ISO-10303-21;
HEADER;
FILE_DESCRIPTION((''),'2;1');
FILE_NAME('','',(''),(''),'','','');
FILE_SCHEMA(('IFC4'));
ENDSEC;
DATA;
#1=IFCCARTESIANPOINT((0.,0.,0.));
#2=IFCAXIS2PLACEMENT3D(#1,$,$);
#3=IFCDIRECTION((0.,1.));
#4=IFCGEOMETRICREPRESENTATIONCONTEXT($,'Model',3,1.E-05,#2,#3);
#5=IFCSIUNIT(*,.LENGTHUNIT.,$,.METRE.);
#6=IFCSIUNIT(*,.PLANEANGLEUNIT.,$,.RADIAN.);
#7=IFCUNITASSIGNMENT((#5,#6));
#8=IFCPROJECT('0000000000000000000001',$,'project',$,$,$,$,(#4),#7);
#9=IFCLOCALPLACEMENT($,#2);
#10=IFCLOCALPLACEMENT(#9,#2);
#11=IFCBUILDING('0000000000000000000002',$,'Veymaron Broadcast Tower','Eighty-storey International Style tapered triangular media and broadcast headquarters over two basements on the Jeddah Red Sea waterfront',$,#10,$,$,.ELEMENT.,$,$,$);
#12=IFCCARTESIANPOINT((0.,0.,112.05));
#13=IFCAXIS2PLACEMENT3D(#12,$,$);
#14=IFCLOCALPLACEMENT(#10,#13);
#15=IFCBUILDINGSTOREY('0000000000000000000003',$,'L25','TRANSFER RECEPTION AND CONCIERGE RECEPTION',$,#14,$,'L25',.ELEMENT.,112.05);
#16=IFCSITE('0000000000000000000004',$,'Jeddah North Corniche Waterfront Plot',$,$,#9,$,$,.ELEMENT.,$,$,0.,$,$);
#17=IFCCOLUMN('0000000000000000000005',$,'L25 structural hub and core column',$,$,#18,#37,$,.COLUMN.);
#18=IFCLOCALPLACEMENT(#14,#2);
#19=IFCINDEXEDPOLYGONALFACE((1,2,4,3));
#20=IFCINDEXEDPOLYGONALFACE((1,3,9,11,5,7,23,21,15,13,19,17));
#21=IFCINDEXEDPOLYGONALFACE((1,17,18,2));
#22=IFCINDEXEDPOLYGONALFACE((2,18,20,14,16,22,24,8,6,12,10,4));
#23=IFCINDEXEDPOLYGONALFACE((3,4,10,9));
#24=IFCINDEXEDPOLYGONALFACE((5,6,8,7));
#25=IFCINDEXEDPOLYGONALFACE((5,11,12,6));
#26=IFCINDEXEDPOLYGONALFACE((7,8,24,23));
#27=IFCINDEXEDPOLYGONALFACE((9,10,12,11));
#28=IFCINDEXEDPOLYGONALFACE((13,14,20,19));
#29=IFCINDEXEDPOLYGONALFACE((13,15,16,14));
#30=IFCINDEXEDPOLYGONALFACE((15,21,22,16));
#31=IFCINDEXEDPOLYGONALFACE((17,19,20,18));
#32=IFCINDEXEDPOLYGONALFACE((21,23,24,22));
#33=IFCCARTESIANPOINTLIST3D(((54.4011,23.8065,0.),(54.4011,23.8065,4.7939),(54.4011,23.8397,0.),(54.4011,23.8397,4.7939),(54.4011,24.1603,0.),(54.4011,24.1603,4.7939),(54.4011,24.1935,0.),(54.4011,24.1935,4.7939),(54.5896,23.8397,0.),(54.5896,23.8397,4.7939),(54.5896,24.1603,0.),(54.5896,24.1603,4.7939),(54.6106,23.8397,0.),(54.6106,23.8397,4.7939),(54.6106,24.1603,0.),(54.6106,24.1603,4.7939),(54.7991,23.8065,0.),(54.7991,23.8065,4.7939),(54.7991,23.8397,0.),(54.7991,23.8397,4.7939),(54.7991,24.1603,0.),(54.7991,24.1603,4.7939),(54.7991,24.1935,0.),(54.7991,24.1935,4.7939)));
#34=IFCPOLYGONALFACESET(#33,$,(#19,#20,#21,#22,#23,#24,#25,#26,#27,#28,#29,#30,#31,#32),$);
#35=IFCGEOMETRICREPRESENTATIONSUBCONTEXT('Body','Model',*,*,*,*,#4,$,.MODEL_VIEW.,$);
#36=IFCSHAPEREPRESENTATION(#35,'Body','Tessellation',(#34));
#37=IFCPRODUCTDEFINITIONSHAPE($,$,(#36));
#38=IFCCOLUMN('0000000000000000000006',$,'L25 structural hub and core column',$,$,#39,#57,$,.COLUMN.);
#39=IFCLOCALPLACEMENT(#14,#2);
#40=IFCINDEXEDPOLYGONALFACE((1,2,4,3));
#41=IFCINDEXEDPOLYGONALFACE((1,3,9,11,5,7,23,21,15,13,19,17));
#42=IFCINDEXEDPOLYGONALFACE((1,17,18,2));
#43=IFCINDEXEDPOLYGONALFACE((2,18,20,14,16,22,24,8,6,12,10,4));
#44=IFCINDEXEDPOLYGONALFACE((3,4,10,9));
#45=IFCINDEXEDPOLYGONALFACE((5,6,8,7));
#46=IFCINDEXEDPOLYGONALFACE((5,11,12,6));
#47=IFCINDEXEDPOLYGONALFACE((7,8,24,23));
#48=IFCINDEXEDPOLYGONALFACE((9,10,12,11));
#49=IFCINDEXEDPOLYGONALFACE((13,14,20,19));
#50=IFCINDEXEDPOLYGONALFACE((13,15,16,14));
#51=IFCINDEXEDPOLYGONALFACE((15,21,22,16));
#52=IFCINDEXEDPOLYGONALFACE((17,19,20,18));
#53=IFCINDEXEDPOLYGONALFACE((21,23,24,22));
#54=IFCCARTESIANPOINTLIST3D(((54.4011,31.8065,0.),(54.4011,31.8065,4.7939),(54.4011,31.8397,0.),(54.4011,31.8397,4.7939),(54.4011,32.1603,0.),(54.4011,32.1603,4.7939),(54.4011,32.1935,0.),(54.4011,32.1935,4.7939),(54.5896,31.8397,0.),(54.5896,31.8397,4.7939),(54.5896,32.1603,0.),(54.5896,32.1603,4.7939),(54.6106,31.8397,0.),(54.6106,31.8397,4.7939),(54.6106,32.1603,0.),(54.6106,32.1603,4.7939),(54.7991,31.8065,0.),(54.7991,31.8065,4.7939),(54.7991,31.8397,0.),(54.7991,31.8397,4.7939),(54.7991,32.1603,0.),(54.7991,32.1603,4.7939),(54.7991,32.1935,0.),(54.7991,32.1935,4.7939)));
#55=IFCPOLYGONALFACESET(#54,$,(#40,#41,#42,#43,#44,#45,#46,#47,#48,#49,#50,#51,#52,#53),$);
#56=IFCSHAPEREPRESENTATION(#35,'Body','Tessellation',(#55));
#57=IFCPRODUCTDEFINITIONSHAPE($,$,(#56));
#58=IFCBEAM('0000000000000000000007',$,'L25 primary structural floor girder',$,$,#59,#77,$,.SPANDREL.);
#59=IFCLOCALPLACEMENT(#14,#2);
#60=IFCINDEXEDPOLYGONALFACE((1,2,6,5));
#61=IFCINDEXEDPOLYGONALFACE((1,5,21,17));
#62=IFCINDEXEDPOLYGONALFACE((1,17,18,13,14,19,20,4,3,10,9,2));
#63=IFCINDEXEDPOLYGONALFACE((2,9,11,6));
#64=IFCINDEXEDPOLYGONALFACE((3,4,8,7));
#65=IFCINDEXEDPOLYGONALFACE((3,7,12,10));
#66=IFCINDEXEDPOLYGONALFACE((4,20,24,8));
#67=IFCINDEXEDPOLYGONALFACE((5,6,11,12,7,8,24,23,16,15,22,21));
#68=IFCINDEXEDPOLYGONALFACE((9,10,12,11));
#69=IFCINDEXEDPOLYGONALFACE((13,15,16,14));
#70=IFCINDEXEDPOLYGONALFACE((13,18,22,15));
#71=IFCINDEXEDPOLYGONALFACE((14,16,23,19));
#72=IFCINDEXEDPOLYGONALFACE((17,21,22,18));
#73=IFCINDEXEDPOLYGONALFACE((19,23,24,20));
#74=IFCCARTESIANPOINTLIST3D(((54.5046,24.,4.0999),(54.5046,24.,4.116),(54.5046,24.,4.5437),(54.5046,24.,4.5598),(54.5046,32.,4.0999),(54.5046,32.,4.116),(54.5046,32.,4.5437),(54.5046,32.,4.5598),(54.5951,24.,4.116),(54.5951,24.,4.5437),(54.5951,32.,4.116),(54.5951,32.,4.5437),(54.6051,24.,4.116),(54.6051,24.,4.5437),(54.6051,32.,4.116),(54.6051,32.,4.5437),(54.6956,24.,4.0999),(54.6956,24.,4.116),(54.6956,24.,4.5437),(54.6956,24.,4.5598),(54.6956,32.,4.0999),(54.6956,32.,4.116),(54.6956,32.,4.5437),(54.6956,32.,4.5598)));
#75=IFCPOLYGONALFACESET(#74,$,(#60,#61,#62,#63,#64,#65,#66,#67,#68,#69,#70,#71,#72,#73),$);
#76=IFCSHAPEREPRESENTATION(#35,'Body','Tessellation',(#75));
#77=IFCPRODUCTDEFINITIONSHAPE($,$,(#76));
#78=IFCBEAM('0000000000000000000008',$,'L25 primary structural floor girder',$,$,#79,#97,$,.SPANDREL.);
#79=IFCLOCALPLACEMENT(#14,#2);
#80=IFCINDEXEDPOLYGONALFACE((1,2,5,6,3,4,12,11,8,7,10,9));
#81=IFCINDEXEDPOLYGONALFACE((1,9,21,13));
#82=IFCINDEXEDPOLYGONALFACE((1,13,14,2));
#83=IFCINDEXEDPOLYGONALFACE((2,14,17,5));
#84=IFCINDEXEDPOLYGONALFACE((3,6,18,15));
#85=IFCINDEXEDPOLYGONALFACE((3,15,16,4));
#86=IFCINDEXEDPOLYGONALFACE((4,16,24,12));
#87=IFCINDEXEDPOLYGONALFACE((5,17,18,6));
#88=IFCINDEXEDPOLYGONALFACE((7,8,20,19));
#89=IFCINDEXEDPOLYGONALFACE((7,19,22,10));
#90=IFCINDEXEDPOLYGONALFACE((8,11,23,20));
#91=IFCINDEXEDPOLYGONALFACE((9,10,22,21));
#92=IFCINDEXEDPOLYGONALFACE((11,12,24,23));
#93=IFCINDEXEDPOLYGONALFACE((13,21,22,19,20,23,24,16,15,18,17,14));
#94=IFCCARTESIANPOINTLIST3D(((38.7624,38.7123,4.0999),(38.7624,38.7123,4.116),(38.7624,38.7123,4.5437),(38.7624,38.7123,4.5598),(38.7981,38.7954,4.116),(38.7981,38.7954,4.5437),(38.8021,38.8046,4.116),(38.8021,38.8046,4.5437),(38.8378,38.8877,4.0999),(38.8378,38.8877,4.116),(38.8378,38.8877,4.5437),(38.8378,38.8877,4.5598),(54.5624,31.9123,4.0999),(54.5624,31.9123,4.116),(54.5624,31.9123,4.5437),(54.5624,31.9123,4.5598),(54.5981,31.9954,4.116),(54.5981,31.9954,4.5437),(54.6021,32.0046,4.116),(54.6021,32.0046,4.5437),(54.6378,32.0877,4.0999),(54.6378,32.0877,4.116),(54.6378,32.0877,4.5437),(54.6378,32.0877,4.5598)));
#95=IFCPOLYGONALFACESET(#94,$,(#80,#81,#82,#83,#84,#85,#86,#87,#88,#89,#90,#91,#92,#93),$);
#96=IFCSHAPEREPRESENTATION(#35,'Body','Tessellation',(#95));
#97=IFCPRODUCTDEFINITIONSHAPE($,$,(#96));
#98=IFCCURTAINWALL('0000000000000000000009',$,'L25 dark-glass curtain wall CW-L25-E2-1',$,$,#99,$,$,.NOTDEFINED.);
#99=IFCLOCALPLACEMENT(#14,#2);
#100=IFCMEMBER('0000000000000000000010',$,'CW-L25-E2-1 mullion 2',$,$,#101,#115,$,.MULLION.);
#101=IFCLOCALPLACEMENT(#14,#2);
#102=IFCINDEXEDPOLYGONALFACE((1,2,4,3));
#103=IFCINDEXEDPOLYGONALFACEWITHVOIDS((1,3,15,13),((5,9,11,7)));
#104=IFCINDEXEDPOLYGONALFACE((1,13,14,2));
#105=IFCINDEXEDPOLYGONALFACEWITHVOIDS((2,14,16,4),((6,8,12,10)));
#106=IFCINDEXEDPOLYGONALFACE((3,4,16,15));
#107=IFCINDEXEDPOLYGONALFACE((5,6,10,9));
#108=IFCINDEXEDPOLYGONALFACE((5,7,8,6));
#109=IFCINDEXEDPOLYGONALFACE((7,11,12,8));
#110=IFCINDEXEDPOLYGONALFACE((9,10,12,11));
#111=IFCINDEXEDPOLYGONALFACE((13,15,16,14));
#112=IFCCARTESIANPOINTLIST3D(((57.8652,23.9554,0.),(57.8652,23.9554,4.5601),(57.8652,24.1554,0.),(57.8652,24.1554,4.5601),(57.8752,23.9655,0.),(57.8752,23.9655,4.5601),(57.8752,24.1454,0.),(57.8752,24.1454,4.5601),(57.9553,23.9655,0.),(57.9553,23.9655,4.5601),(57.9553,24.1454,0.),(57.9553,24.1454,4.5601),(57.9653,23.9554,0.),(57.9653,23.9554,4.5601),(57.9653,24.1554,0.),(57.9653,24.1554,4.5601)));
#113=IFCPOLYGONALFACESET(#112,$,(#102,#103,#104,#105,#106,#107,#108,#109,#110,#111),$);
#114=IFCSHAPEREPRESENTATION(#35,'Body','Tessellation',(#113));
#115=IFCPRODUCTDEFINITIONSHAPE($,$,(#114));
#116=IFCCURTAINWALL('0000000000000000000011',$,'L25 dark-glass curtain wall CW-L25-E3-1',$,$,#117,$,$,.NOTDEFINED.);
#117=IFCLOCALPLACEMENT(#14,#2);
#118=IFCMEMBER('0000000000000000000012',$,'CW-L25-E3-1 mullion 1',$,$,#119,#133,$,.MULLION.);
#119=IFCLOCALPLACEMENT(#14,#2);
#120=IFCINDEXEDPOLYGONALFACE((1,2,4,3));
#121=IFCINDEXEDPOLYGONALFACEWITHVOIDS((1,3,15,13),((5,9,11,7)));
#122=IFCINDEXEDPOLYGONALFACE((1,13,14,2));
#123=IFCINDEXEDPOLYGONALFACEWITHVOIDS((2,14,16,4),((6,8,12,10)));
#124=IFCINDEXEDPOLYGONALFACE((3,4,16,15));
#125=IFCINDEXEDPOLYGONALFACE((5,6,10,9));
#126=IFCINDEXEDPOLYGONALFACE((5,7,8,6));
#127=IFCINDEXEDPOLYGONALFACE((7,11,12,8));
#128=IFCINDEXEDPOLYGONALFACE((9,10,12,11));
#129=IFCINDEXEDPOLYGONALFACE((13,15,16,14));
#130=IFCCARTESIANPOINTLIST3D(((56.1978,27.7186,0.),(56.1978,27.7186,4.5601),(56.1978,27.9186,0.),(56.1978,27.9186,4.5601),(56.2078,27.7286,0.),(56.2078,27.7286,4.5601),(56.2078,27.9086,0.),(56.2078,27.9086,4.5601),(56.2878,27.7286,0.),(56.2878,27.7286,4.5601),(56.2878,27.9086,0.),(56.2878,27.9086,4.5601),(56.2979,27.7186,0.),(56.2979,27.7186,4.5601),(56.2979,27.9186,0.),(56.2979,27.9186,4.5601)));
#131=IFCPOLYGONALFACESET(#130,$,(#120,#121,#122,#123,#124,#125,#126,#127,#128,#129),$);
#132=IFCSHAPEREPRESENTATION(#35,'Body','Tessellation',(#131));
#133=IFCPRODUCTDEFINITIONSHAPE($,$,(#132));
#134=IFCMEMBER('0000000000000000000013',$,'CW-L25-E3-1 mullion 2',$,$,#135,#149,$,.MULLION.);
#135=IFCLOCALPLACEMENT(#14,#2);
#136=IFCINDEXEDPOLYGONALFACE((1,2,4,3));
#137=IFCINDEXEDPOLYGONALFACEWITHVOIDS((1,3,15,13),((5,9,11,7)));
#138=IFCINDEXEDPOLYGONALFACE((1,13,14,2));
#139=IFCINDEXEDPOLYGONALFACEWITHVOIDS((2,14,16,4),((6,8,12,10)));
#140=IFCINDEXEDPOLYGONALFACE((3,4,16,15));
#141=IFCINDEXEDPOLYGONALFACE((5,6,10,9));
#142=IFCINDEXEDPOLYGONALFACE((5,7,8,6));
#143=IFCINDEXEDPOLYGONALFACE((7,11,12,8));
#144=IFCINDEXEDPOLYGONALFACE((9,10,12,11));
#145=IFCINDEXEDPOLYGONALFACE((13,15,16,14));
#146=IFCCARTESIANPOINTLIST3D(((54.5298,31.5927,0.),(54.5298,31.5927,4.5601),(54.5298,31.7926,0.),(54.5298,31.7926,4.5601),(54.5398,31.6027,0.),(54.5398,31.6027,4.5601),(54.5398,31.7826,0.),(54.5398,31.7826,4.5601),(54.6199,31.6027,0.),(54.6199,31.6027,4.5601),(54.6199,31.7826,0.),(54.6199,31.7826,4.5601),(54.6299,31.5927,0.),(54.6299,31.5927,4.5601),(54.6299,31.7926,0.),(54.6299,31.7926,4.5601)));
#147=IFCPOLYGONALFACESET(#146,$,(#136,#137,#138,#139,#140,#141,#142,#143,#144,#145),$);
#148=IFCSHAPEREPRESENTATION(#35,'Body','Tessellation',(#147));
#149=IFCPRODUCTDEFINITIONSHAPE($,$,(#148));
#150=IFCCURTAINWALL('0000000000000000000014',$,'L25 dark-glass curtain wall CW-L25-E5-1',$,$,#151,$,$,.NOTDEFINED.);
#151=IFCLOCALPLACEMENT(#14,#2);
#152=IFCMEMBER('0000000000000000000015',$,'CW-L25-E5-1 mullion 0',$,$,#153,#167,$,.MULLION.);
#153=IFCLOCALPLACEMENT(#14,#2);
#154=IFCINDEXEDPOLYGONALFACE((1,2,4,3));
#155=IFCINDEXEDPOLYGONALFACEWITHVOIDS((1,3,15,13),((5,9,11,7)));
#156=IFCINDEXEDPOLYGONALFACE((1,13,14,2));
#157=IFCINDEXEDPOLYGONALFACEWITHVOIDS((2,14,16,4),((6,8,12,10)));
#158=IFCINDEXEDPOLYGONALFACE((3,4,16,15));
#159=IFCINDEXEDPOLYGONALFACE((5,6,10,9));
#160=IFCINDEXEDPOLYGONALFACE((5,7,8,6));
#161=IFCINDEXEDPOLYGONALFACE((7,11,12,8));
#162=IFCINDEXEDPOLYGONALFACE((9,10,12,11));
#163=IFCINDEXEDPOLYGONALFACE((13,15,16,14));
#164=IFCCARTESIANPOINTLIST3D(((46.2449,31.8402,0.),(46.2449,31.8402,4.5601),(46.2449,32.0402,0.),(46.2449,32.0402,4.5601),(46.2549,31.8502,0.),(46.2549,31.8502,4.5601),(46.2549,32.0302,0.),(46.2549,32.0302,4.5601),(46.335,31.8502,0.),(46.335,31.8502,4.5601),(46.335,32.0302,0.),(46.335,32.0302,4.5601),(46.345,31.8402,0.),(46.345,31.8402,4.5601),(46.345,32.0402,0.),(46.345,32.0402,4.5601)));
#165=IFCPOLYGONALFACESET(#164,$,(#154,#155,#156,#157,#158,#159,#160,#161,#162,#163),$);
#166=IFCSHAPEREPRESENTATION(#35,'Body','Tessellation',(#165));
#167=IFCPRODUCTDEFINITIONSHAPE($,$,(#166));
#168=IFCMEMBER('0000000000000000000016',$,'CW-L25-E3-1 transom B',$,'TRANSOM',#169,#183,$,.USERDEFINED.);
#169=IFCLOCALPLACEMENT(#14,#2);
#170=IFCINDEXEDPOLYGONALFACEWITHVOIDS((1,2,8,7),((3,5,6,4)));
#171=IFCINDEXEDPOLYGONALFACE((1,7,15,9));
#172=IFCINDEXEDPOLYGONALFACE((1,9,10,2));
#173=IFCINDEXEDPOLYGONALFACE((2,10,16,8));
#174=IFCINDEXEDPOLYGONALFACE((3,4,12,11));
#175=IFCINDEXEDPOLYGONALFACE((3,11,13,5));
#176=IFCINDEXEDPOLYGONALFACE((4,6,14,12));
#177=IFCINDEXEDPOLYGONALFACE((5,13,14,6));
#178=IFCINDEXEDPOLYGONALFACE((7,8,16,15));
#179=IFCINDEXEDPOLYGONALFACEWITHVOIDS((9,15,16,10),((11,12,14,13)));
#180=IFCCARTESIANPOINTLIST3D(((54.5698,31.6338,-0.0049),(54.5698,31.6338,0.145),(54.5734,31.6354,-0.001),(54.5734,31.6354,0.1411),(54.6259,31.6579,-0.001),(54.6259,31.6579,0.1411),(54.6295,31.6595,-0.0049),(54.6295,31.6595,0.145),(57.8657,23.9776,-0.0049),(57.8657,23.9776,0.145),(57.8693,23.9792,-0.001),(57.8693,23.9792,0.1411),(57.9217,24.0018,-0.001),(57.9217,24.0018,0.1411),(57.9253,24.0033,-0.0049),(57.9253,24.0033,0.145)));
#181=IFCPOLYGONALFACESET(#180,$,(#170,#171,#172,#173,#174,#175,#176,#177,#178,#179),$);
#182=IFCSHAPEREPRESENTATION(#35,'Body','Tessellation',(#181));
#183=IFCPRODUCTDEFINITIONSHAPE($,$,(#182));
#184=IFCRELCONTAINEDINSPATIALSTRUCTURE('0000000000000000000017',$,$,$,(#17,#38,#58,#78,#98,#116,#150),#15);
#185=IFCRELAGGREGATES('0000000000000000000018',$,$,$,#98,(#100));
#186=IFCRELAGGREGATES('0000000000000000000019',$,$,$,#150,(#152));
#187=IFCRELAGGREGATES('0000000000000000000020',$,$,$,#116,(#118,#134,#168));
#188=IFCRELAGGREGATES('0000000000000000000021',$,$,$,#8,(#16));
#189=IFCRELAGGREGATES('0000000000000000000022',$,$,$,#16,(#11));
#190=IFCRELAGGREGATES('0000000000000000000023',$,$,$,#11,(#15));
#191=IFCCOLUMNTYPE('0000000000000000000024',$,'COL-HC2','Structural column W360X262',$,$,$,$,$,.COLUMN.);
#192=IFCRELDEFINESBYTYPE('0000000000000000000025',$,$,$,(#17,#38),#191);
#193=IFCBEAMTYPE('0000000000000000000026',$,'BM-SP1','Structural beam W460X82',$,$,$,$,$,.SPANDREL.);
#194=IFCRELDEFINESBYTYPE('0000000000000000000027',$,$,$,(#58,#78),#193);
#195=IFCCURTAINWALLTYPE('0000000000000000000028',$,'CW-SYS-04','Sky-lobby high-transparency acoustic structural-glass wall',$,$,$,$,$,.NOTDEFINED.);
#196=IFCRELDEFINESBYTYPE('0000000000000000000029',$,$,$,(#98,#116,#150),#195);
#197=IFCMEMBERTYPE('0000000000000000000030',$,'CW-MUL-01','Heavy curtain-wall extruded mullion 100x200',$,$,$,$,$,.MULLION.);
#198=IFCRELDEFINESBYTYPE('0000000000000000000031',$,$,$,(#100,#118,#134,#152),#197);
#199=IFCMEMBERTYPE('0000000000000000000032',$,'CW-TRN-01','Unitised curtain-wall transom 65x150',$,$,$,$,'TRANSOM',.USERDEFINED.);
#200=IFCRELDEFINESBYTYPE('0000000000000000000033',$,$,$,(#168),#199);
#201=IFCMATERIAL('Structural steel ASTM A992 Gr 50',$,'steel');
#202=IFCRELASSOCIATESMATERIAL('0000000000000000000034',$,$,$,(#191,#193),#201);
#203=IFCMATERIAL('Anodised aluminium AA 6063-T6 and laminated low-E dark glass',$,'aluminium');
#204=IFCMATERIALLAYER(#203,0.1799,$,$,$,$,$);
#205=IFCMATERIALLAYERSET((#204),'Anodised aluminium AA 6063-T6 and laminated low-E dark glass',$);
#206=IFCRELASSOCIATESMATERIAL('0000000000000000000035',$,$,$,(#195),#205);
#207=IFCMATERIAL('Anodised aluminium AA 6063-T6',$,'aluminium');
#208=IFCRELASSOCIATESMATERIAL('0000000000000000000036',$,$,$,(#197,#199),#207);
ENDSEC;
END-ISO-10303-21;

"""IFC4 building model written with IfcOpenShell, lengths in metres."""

from ifc_helpers import new_model, si_unit, direction, frame, origin, origin_2d, place, context, subcontext, project, spatial, hollow_rectangle, i_section, extrude, material, layer, layer_set, material_profile, profile_set, type_object, element, aggregate, save


model = new_model("IFC4")

# Units and contexts
model_context = context("Model", 3, precision=1e-05, world=origin(), true_north=direction((0.0, 1.0)))
body_context = subcontext(model_context, "Body", "Model", "MODEL_VIEW")
ifc_project = project(units=[si_unit("LENGTHUNIT", "METRE"), si_unit("PLANEANGLEUNIT", "RADIAN")], contexts=[model_context])

# Site, building, storey
site_placement = place(None, origin())
site = spatial("IfcSite", under=ifc_project, at=site_placement, Name="Jeddah North Corniche Waterfront Plot", CompositionType="ELEMENT", RefElevation=0.0)
building_placement = place(site_placement, origin())
building = spatial("IfcBuilding", under=site, at=building_placement, Name="Veymaron Broadcast Tower", Description="Eighty-storey International Style tapered triangular media and broadcast headquarters over two basements on the Jeddah Red Sea waterfront", CompositionType="ELEMENT")
storey_placement = place(building_placement, frame((0.0, 0.0, 112.05)))
storey = spatial("IfcBuildingStorey", under=building, at=storey_placement, Name="L25", Description="TRANSFER RECEPTION AND CONCIERGE RECEPTION", LongName="L25", CompositionType="ELEMENT", Elevation=112.05)

# Columns
ifc_material_1 = material(Name="Structural steel ASTM A992 Gr 50", Category="steel")
ifc_material_profile_1 = material_profile(ifc_material_1, i_section(OverallWidth=0.3979, OverallDepth=0.387, WebThickness=0.021, FlangeThickness=0.0332, at=origin_2d()), Name="W360X262")
ifc_profile_set_1 = profile_set([ifc_material_profile_1], Name="Structural steel ASTM A992 Gr 50")
column_type = type_object("IfcColumnType", Name="COL-HC2", Description="Structural column W360X262", PredefinedType="COLUMN", material=ifc_profile_set_1)
for number, where, z_axis, x_axis, name in (
    (1, (54.6001, 24.0, 0.0), (0.0, 0.0, 1.0), (1.0, 0.0, 0.0), "L25 structural hub and core column"),
    (2, (54.6001, 32.0, 0.0), (0.0, 0.0, 1.0), (1.0, 0.0, 0.0), "L25 structural hub and core column"),
):
    element("IfcColumn", number, at=place(storey_placement, frame(where, z_axis=z_axis, x_axis=x_axis)), inside=storey, type_object=column_type, Name=name, PredefinedType="COLUMN", context=body_context, shape_type="SweptSolid", body=[
        extrude(i_section(OverallWidth=0.3979, OverallDepth=0.387, WebThickness=0.021, FlangeThickness=0.0332, at=origin_2d()), origin(), (0.0, 0.0, 1.0), 4.7939),
    ])

# Beams
ifc_material_profile_2 = material_profile(ifc_material_1, i_section(OverallWidth=0.1909, OverallDepth=0.46, WebThickness=0.01, FlangeThickness=0.0161, at=origin_2d()), Name="W460X82")
ifc_profile_set_2 = profile_set([ifc_material_profile_2], Name="Structural steel ASTM A992 Gr 50")
beam_type = type_object("IfcBeamType", Name="BM-SP1", Description="Structural beam W460X82", PredefinedType="SPANDREL", material=ifc_profile_set_2)
beam_1_placement = place(storey_placement, frame((54.6001, 24.0, 4.3298), z_axis=(0.0, 1.0, 0.0), x_axis=(-1.0, 0.0, 0.0)))
element("IfcBeam", 3, at=beam_1_placement, inside=storey, type_object=beam_type, Name="L25 primary structural floor girder", PredefinedType="SPANDREL", context=body_context, shape_type="SweptSolid", body=[
    extrude(i_section(OverallWidth=0.1909, OverallDepth=0.46, WebThickness=0.01, FlangeThickness=0.0161, at=origin_2d()), origin(), (0.0, 0.0, 1.0), 8.0),
])
beam_2_placement = place(storey_placement, frame((54.6001, 32.0, 4.3298), z_axis=(-0.918542, 0.395323, 0.0), x_axis=(-0.395323, -0.918542, 0.0)))
element("IfcBeam", 4, at=beam_2_placement, inside=storey, type_object=beam_type, Name="L25 primary structural floor girder", PredefinedType="SPANDREL", context=body_context, shape_type="SweptSolid", body=[
    extrude(i_section(OverallWidth=0.1909, OverallDepth=0.46, WebThickness=0.01, FlangeThickness=0.0161, at=origin_2d()), origin(), (0.0, 0.0, 1.0), 17.2012),
])

# Curtain wall, member
ifc_material_2 = material(Name="Anodised aluminium AA 6063-T6 and laminated low-E dark glass", Category="aluminium")
ifc_layer_1 = layer(ifc_material_2, 0.1799)
ifc_layer_set_1 = layer_set([ifc_layer_1], Name="Anodised aluminium AA 6063-T6 and laminated low-E dark glass")
curtain_wall_type = type_object("IfcCurtainWallType", Name="CW-SYS-04", Description="Sky-lobby high-transparency acoustic structural-glass wall", PredefinedType="NOTDEFINED", material=ifc_layer_set_1)
curtain_wall_1_placement = place(storey_placement, origin())
curtain_wall_1 = element("IfcCurtainWall", 5, at=curtain_wall_1_placement, inside=storey, type_object=curtain_wall_type, Name="L25 dark-glass curtain wall CW-L25-E2-1", PredefinedType="NOTDEFINED")
ifc_material_3 = material(Name="Anodised aluminium AA 6063-T6", Category="aluminium")
ifc_material_profile_3 = material_profile(ifc_material_3, hollow_rectangle(XDim=0.1001, YDim=0.2, WallThickness=0.01, at=origin_2d()), Name="RHS200X100X10")
ifc_profile_set_3 = profile_set([ifc_material_profile_3], Name="Anodised aluminium AA 6063-T6")
member_type_1 = type_object("IfcMemberType", Name="CW-MUL-01", Description="Heavy curtain-wall extruded mullion 100x200", PredefinedType="MULLION", material=ifc_profile_set_3)
member_1_placement = place(storey_placement, frame((57.9153, 24.0554, 0.0), z_axis=(0.0, 0.0, 1.0), x_axis=(1.0, 0.0, 0.0)))
member_1 = element("IfcMember", 6, at=member_1_placement, type_object=member_type_1, Name="CW-L25-E2-1 mullion 2", PredefinedType="MULLION", context=body_context, shape_type="SweptSolid", body=[
    extrude(hollow_rectangle(XDim=0.1001, YDim=0.2, WallThickness=0.01, at=origin_2d()), origin(), (0.0, 0.0, 1.0), 4.5601),
])
aggregate(curtain_wall_1, [member_1])

# Curtain wall, members
curtain_wall_2_placement = place(storey_placement, origin())
curtain_wall_2 = element("IfcCurtainWall", 7, at=curtain_wall_2_placement, inside=storey, type_object=curtain_wall_type, Name="L25 dark-glass curtain wall CW-L25-E3-1", PredefinedType="NOTDEFINED")
member_2_placement = place(storey_placement, frame((56.2478, 27.8186, 0.0), z_axis=(0.0, 0.0, 1.0), x_axis=(1.0, 0.0, 0.0)))
member_2 = element("IfcMember", 8, at=member_2_placement, type_object=member_type_1, Name="CW-L25-E3-1 mullion 1", PredefinedType="MULLION", context=body_context, shape_type="SweptSolid", body=[
    extrude(hollow_rectangle(XDim=0.1001, YDim=0.2, WallThickness=0.01, at=origin_2d()), origin(), (0.0, 0.0, 1.0), 4.5601),
])
member_3_placement = place(storey_placement, frame((54.5798, 31.6926, 0.0), z_axis=(0.0, 0.0, 1.0), x_axis=(1.0, 0.0, 0.0)))
member_3 = element("IfcMember", 9, at=member_3_placement, type_object=member_type_1, Name="CW-L25-E3-1 mullion 2", PredefinedType="MULLION", context=body_context, shape_type="SweptSolid", body=[
    extrude(hollow_rectangle(XDim=0.1001, YDim=0.2, WallThickness=0.01, at=origin_2d()), origin(), (0.0, 0.0, 1.0), 4.5601),
])

# Curtain wall, member
curtain_wall_3_placement = place(storey_placement, origin())
curtain_wall_3 = element("IfcCurtainWall", 10, at=curtain_wall_3_placement, inside=storey, type_object=curtain_wall_type, Name="L25 dark-glass curtain wall CW-L25-E5-1", PredefinedType="NOTDEFINED")
member_4_placement = place(storey_placement, frame((46.2949, 31.9402, 0.0), z_axis=(0.0, 0.0, 1.0), x_axis=(1.0, 0.0, 0.0)))
member_4 = element("IfcMember", 11, at=member_4_placement, type_object=member_type_1, Name="CW-L25-E5-1 mullion 0", PredefinedType="MULLION", context=body_context, shape_type="SweptSolid", body=[
    extrude(hollow_rectangle(XDim=0.1001, YDim=0.2, WallThickness=0.01, at=origin_2d()), origin(), (0.0, 0.0, 1.0), 4.5601),
])

# Member
ifc_material_profile_4 = material_profile(ifc_material_3, hollow_rectangle(XDim=0.0649, YDim=0.1499, WallThickness=0.0039, at=origin_2d()), Name="AL150X65X4")
ifc_profile_set_4 = profile_set([ifc_material_profile_4], Name="Anodised aluminium AA 6063-T6")
member_type_2 = type_object("IfcMemberType", Name="CW-TRN-01", Description="Unitised curtain-wall transom 65x150", ElementType="TRANSOM", PredefinedType="USERDEFINED", material=ifc_profile_set_4)
member_5_placement = place(storey_placement, frame((57.8955, 23.9905, 0.0701), z_axis=(-0.395403, 0.918508, 0.0), x_axis=(-0.918508, -0.395403, 0.0)))
member_5 = element("IfcMember", 12, at=member_5_placement, type_object=member_type_2, Name="CW-L25-E3-1 transom B", ObjectType="TRANSOM", PredefinedType="USERDEFINED", context=body_context, shape_type="SweptSolid", body=[
    extrude(hollow_rectangle(XDim=0.0649, YDim=0.1499, WallThickness=0.0039, at=origin_2d()), origin(), (0.0, 0.0, 1.0), 8.3354),
])
aggregate(curtain_wall_3, [member_4])

aggregate(curtain_wall_2, [member_2, member_3, member_5])

save(model, "model.ifc")
